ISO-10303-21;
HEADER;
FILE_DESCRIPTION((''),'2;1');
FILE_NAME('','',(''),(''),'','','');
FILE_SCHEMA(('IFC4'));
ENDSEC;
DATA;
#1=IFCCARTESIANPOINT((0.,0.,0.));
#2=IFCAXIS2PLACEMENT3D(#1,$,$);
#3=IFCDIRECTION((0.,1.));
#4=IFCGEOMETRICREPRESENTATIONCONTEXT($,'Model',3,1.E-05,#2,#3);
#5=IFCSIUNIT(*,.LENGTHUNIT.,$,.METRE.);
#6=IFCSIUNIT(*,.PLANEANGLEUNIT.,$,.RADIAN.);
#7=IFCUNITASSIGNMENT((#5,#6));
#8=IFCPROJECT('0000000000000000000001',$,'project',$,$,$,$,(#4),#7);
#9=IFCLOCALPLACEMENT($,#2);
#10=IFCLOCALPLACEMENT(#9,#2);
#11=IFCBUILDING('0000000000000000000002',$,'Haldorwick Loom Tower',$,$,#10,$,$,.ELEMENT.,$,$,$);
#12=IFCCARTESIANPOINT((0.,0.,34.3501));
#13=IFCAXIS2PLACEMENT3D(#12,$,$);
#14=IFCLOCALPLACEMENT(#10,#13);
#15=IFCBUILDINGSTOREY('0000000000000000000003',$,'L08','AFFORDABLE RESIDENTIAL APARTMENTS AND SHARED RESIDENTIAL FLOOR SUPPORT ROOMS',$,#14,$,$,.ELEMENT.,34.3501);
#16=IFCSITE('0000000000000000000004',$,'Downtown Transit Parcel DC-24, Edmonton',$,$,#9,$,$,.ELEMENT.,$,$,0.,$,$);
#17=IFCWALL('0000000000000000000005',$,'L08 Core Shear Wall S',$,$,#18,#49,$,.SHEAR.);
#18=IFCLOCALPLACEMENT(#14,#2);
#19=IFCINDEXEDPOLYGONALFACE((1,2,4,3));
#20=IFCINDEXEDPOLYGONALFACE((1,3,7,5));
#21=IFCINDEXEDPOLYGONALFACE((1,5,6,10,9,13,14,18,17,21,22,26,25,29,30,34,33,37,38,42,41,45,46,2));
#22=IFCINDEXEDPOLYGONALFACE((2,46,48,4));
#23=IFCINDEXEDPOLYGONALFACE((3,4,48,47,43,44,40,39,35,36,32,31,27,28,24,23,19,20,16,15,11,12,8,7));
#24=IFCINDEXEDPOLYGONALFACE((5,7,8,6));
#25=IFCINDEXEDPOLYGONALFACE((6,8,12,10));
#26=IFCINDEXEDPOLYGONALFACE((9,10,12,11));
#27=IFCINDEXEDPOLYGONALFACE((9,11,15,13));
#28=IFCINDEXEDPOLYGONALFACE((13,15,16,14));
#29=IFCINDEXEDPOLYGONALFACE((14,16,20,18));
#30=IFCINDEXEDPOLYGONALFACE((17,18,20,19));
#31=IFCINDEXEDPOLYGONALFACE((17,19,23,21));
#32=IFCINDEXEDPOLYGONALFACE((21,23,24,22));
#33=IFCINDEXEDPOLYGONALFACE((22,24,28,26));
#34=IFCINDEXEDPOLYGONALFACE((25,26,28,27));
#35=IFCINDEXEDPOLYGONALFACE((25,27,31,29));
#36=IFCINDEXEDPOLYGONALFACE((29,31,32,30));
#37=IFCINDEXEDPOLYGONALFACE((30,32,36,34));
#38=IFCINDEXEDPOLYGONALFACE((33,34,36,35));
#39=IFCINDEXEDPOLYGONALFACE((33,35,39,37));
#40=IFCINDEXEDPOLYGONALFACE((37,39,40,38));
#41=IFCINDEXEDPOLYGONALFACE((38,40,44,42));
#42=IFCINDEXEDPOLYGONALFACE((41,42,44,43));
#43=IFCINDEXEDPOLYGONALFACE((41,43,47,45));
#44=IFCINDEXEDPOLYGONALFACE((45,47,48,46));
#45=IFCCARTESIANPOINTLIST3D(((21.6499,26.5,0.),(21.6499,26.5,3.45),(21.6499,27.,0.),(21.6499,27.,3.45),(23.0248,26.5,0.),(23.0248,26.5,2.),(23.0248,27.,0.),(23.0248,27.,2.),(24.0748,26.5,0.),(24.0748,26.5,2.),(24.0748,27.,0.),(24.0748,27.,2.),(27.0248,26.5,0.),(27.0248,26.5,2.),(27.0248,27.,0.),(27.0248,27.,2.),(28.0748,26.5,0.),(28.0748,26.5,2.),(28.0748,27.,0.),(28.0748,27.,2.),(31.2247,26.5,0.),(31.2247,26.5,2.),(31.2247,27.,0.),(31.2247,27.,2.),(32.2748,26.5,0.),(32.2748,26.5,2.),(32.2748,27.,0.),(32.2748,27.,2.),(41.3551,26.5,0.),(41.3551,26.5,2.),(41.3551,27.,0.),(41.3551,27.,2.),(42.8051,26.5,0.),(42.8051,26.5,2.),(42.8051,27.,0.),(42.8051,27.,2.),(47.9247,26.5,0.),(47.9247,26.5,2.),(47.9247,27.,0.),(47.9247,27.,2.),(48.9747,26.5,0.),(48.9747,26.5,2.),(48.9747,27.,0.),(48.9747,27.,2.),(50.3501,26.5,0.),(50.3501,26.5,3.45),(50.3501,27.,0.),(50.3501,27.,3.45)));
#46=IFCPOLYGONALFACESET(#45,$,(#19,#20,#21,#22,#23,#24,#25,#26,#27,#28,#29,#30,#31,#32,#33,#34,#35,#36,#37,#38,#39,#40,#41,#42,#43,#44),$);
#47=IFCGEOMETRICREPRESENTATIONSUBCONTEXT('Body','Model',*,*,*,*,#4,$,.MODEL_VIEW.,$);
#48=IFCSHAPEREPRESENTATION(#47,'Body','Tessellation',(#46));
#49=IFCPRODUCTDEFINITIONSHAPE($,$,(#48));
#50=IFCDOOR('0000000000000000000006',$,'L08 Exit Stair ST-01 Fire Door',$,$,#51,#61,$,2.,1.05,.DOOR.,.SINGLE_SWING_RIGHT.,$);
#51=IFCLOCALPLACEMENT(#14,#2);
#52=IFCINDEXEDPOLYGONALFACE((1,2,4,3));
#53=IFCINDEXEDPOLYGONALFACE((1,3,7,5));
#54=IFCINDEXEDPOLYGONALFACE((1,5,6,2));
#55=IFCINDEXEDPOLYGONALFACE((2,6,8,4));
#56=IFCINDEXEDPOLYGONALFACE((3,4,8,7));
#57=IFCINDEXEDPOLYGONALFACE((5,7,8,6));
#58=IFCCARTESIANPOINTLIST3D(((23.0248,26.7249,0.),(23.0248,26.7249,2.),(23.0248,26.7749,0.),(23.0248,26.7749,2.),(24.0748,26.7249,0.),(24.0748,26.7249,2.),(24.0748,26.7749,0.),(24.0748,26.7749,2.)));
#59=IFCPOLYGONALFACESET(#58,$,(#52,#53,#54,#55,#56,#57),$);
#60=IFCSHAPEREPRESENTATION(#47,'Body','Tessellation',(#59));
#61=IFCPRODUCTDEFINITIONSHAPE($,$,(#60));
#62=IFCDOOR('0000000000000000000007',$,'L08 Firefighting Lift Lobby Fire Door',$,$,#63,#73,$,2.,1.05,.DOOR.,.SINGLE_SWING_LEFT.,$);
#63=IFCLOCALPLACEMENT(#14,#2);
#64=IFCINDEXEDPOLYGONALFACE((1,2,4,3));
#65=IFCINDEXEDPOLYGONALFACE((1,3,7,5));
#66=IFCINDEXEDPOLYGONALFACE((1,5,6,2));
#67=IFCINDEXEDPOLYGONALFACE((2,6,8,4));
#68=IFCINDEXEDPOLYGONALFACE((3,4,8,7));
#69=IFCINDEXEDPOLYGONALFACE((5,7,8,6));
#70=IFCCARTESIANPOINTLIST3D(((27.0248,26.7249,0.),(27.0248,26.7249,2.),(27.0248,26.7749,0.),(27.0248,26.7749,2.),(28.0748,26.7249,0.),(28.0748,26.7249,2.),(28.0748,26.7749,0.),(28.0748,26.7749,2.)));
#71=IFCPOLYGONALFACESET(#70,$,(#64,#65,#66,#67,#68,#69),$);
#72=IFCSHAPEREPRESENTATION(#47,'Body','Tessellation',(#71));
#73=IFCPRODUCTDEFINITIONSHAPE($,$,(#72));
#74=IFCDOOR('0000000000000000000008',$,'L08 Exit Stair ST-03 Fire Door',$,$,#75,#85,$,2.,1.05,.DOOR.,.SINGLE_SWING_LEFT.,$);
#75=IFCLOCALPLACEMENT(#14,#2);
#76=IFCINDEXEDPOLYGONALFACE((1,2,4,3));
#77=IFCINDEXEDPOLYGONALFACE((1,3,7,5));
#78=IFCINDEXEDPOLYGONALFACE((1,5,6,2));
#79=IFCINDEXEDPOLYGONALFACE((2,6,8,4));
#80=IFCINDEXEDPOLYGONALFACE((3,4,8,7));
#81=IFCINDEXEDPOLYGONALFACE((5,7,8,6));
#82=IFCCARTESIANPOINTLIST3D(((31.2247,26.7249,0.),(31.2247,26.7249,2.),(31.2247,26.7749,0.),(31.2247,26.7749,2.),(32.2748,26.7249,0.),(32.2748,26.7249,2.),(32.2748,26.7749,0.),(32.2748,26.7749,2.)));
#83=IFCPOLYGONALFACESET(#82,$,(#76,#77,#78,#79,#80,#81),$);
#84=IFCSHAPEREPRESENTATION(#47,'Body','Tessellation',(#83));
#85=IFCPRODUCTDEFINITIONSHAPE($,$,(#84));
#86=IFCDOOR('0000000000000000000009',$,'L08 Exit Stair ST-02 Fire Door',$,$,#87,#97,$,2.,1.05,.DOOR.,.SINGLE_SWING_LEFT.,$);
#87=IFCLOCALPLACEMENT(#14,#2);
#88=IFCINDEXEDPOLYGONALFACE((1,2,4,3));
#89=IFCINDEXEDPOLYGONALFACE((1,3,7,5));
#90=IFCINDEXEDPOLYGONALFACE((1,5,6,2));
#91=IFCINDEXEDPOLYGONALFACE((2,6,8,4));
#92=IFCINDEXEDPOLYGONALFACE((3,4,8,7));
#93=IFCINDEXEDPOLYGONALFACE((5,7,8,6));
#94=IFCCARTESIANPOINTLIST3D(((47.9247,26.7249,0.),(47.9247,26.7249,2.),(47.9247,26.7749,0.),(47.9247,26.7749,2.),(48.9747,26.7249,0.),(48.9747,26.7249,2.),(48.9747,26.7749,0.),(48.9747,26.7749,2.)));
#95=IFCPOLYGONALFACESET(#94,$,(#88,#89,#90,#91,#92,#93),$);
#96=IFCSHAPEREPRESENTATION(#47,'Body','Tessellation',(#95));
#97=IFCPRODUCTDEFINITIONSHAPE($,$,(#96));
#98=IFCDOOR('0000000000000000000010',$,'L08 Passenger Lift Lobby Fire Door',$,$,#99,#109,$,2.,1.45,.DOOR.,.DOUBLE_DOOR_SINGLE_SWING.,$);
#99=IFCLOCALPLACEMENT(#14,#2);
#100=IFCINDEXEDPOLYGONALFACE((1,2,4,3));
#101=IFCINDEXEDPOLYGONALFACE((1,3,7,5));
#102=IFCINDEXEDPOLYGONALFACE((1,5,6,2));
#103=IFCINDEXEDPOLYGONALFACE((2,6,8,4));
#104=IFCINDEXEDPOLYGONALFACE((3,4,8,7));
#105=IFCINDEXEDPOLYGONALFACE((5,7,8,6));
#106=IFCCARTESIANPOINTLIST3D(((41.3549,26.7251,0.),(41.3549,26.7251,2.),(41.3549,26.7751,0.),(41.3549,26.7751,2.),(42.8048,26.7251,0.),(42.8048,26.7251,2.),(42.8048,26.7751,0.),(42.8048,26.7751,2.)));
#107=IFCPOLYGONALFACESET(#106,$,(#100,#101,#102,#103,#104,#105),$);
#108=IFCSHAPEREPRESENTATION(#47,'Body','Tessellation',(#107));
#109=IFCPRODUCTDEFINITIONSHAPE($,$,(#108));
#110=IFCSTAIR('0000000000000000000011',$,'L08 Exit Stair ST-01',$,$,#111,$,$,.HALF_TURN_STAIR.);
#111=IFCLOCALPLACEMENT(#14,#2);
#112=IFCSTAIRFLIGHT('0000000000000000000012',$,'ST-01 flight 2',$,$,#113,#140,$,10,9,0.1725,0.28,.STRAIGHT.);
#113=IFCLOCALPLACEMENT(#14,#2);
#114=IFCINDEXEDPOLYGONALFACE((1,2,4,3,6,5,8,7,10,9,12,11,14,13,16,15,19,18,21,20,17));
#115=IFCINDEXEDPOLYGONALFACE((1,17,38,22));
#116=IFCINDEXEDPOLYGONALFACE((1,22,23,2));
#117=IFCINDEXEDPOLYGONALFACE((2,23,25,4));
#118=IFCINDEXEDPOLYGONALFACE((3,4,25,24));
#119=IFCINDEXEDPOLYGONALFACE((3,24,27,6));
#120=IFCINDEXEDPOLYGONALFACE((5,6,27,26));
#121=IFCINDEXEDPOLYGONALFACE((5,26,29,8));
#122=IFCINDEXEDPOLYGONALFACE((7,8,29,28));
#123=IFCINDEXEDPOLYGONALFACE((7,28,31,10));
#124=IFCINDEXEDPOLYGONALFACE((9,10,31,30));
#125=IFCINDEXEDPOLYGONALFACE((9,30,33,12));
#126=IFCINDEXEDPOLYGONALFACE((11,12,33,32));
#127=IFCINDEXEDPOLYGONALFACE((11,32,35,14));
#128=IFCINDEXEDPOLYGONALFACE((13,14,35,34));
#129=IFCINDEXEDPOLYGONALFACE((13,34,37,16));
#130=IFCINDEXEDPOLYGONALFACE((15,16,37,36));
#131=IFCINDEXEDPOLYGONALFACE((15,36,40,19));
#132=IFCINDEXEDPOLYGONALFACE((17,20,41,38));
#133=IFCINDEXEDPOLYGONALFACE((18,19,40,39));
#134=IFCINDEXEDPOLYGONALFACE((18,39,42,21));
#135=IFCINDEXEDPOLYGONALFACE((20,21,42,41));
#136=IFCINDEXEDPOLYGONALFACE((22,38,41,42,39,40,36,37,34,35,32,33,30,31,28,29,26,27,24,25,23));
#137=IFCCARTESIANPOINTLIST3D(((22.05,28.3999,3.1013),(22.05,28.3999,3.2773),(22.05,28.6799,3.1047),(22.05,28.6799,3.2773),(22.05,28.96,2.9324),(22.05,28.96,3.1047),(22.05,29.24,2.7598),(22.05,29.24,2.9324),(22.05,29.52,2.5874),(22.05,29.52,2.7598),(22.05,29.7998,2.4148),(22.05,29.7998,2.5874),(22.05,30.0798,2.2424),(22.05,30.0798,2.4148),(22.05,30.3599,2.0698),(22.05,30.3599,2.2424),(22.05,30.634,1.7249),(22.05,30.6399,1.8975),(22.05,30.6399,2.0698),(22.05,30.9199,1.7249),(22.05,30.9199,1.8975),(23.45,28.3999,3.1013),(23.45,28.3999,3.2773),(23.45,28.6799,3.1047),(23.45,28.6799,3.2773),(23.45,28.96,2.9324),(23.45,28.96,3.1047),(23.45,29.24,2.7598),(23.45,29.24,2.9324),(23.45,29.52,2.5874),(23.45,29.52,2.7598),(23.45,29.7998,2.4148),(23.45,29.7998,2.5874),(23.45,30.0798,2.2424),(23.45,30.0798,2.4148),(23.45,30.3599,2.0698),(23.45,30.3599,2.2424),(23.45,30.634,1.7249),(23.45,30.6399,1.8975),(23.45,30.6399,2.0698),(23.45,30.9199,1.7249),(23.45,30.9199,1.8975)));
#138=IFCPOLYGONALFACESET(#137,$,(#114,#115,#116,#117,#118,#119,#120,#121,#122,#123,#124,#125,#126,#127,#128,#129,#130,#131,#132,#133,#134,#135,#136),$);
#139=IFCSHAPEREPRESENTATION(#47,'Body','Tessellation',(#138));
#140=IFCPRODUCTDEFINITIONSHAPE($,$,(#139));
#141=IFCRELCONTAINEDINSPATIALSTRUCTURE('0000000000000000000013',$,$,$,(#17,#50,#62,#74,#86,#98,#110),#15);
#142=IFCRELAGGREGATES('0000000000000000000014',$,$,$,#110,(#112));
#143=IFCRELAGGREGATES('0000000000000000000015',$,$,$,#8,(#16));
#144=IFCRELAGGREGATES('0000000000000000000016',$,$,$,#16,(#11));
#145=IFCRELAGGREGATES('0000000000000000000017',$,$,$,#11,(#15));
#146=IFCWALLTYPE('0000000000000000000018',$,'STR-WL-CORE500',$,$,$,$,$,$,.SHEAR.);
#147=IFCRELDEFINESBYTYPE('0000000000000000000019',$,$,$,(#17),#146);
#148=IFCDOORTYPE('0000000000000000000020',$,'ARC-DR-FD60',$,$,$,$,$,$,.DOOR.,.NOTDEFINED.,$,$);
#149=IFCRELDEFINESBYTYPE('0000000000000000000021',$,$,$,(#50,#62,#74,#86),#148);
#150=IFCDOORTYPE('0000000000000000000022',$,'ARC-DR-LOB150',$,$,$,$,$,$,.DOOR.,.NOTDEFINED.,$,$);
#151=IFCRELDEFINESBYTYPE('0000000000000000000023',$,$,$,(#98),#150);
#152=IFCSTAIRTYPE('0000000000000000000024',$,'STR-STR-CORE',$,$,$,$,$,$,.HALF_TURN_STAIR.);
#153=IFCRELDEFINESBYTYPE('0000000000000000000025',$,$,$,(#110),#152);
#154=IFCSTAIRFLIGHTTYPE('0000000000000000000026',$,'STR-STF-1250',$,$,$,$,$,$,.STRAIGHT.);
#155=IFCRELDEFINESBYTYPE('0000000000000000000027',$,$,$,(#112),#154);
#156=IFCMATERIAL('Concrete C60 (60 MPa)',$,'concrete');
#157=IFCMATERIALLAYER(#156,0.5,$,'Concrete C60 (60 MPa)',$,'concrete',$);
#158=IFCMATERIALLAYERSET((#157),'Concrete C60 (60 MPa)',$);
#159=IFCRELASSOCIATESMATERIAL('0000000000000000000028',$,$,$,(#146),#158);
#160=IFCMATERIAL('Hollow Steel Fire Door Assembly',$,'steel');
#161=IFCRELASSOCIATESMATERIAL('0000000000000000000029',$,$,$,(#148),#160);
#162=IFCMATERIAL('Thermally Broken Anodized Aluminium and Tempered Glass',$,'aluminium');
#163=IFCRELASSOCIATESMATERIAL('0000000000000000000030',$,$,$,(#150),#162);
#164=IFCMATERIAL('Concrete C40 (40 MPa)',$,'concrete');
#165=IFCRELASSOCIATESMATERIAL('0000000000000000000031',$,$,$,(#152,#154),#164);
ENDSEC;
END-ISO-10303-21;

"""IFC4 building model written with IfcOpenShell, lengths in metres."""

from ifc_helpers import new_model, si_unit, direction, frame, frame_2d, origin, place, context, subcontext, project, spatial, polyline, rectangle, outline, extrude, material, layer, layer_set, type_object, element, fill, aggregate, save


model = new_model("IFC4")

# Units and contexts
model_context = context("Model", 3, precision=1e-05, world=origin(), true_north=direction((0.0, 1.0)))
body_context = subcontext(model_context, "Body", "Model", "MODEL_VIEW")
ifc_project = project(units=[si_unit("LENGTHUNIT", "METRE"), si_unit("PLANEANGLEUNIT", "RADIAN")], contexts=[model_context])

# Site, building, storey
site_placement = place(None, origin())
site = spatial("IfcSite", under=ifc_project, at=site_placement, Name="Downtown Transit Parcel DC-24, Edmonton", CompositionType="ELEMENT", RefElevation=0.0)
building_placement = place(site_placement, origin())
building = spatial("IfcBuilding", under=site, at=building_placement, Name="Haldorwick Loom Tower", CompositionType="ELEMENT")
storey_placement = place(building_placement, frame((0.0, 0.0, 34.3501)))
storey = spatial("IfcBuildingStorey", under=building, at=storey_placement, Name="L08", Description="AFFORDABLE RESIDENTIAL APARTMENTS AND SHARED RESIDENTIAL FLOOR SUPPORT ROOMS", CompositionType="ELEMENT", Elevation=34.3501)

# Shared definitions
ifc_material_1 = material(Name="Concrete C60 (60 MPa)", Category="concrete")

# Wall, openings, doors
ifc_layer = layer(ifc_material_1, 0.5, Name="Concrete C60 (60 MPa)", Category="concrete")
ifc_layer_set = layer_set([ifc_layer], Name="Concrete C60 (60 MPa)")
wall_type = type_object("IfcWallType", Name="STR-WL-CORE500", PredefinedType="SHEAR", material=ifc_layer_set)
wall_placement = place(storey_placement, frame((21.6499, 26.75, 0.0), z_axis=(0.0, 0.0, 1.0), x_axis=(1.0, 0.0, 0.0)))
wall = element("IfcWall", 1, at=wall_placement, inside=storey, type_object=wall_type, Name="L08 Core Shear Wall S", PredefinedType="SHEAR", context=body_context, shape_type="SweptSolid", body=[
    extrude(rectangle(XDim=28.7002, YDim=0.5, at=frame_2d((14.3501, 0.0))), origin(), (0.0, 0.0, 1.0), 3.45),
])
opening_1_placement = place(wall_placement, frame((1.375, 0.0, 0.0)))
opening_1 = element("IfcOpeningElement", 2, at=opening_1_placement, cuts=wall, PredefinedType="OPENING", context=body_context, shape_type="SweptSolid", body=[
    extrude(rectangle(XDim=1.05, YDim=2.0, at=frame_2d((0.5249, 1.0))), frame((0.0, 0.26, 0.0), z_axis=(0.0, -1.0, 0.0), x_axis=(1.0, 0.0, 0.0)), (0.0, 0.0, 1.0), 0.52),
])
opening_2_placement = place(wall_placement, frame((5.375, 0.0, 0.0)))
opening_2 = element("IfcOpeningElement", 3, at=opening_2_placement, cuts=wall, PredefinedType="OPENING", context=body_context, shape_type="SweptSolid", body=[
    extrude(rectangle(XDim=1.05, YDim=2.0, at=frame_2d((0.5249, 1.0))), frame((0.0, 0.26, 0.0), z_axis=(0.0, -1.0, 0.0), x_axis=(1.0, 0.0, 0.0)), (0.0, 0.0, 1.0), 0.52),
])
opening_3_placement = place(wall_placement, frame((9.575, 0.0, 0.0)))
opening_3 = element("IfcOpeningElement", 4, at=opening_3_placement, cuts=wall, PredefinedType="OPENING", context=body_context, shape_type="SweptSolid", body=[
    extrude(rectangle(XDim=1.05, YDim=2.0, at=frame_2d((0.5249, 1.0))), frame((0.0, 0.26, 0.0), z_axis=(0.0, -1.0, 0.0), x_axis=(1.0, 0.0, 0.0)), (0.0, 0.0, 1.0), 0.52),
])
opening_4_placement = place(wall_placement, frame((19.7051, 0.0, 0.0)))
opening_4 = element("IfcOpeningElement", 5, at=opening_4_placement, cuts=wall, PredefinedType="OPENING", context=body_context, shape_type="SweptSolid", body=[
    extrude(rectangle(XDim=1.45, YDim=2.0, at=frame_2d((0.7251, 1.0))), frame((0.0, 0.26, 0.0), z_axis=(0.0, -1.0, 0.0), x_axis=(1.0, 0.0, 0.0)), (0.0, 0.0, 1.0), 0.52),
])
opening_5_placement = place(wall_placement, frame((26.2749, 0.0, 0.0)))
opening_5 = element("IfcOpeningElement", 6, at=opening_5_placement, cuts=wall, PredefinedType="OPENING", context=body_context, shape_type="SweptSolid", body=[
    extrude(rectangle(XDim=1.05, YDim=2.0, at=frame_2d((0.5249, 1.0))), frame((0.0, 0.26, 0.0), z_axis=(0.0, -1.0, 0.0), x_axis=(1.0, 0.0, 0.0)), (0.0, 0.0, 1.0), 0.52),
])
ifc_material_2 = material(Name="Hollow Steel Fire Door Assembly", Category="steel")
door_type_1 = type_object("IfcDoorType", Name="ARC-DR-FD60", OperationType="NOTDEFINED", PredefinedType="DOOR", material=ifc_material_2)
door_1_placement = place(opening_1_placement, origin())
door_1 = element("IfcDoor", 7, at=door_1_placement, inside=storey, type_object=door_type_1, Name="L08 Exit Stair ST-01 Fire Door", OperationType="SINGLE_SWING_RIGHT", OverallHeight=2.0, OverallWidth=1.05, PredefinedType="DOOR", context=body_context, shape_type="SweptSolid", body=[
    extrude(rectangle(XDim=1.05, YDim=2.0, at=frame_2d((0.5249, 1.0))), frame((0.0, 0.0249, 0.0), z_axis=(0.0, -1.0, 0.0), x_axis=(1.0, 0.0, 0.0)), (0.0, 0.0, 1.0), 0.05),
])
fill(opening_1, door_1)
door_2_placement = place(opening_2_placement, origin())
door_2 = element("IfcDoor", 8, at=door_2_placement, inside=storey, type_object=door_type_1, Name="L08 Firefighting Lift Lobby Fire Door", OperationType="SINGLE_SWING_LEFT", OverallHeight=2.0, OverallWidth=1.05, PredefinedType="DOOR", context=body_context, shape_type="SweptSolid", body=[
    extrude(rectangle(XDim=1.05, YDim=2.0, at=frame_2d((0.5249, 1.0))), frame((0.0, 0.0249, 0.0), z_axis=(0.0, -1.0, 0.0), x_axis=(1.0, 0.0, 0.0)), (0.0, 0.0, 1.0), 0.05),
])
fill(opening_2, door_2)
door_3_placement = place(opening_3_placement, origin())
door_3 = element("IfcDoor", 9, at=door_3_placement, inside=storey, type_object=door_type_1, Name="L08 Exit Stair ST-03 Fire Door", OperationType="SINGLE_SWING_LEFT", OverallHeight=2.0, OverallWidth=1.05, PredefinedType="DOOR", context=body_context, shape_type="SweptSolid", body=[
    extrude(rectangle(XDim=1.05, YDim=2.0, at=frame_2d((0.5249, 1.0))), frame((0.0, 0.0249, 0.0), z_axis=(0.0, -1.0, 0.0), x_axis=(1.0, 0.0, 0.0)), (0.0, 0.0, 1.0), 0.05),
])
fill(opening_3, door_3)
door_4_placement = place(opening_5_placement, origin())
door_4 = element("IfcDoor", 10, at=door_4_placement, inside=storey, type_object=door_type_1, Name="L08 Exit Stair ST-02 Fire Door", OperationType="SINGLE_SWING_LEFT", OverallHeight=2.0, OverallWidth=1.05, PredefinedType="DOOR", context=body_context, shape_type="SweptSolid", body=[
    extrude(rectangle(XDim=1.05, YDim=2.0, at=frame_2d((0.5249, 1.0))), frame((0.0, 0.0249, 0.0), z_axis=(0.0, -1.0, 0.0), x_axis=(1.0, 0.0, 0.0)), (0.0, 0.0, 1.0), 0.05),
])
fill(opening_5, door_4)
ifc_material_3 = material(Name="Thermally Broken Anodized Aluminium and Tempered Glass", Category="aluminium")
door_type_2 = type_object("IfcDoorType", Name="ARC-DR-LOB150", OperationType="NOTDEFINED", PredefinedType="DOOR", material=ifc_material_3)
door_5_placement = place(opening_4_placement, frame((1.45, 0.0, 0.0), z_axis=(0.0, 0.0, 1.0), x_axis=(-1.0, 0.0, 0.0)))
door_5 = element("IfcDoor", 11, at=door_5_placement, inside=storey, type_object=door_type_2, Name="L08 Passenger Lift Lobby Fire Door", OperationType="DOUBLE_DOOR_SINGLE_SWING", OverallHeight=2.0, OverallWidth=1.45, PredefinedType="DOOR", context=body_context, shape_type="SweptSolid", body=[
    extrude(rectangle(XDim=1.45, YDim=2.0, at=frame_2d((0.7251, 1.0))), frame((0.0, 0.0249, 0.0), z_axis=(0.0, -1.0, 0.0), x_axis=(1.0, 0.0, 0.0)), (0.0, 0.0, 1.0), 0.05),
])
fill(opening_4, door_5)

# Stair, stair flight
ifc_material_4 = material(Name="Concrete C40 (40 MPa)", Category="concrete")
stair_type = type_object("IfcStairType", Name="STR-STR-CORE", PredefinedType="HALF_TURN_STAIR", material=ifc_material_4)
stair_placement = place(storey_placement, origin())
stair = element("IfcStair", 12, at=stair_placement, inside=storey, type_object=stair_type, Name="L08 Exit Stair ST-01", PredefinedType="HALF_TURN_STAIR")
stair_flight_type = type_object("IfcStairFlightType", Name="STR-STF-1250", PredefinedType="STRAIGHT", material=ifc_material_4)
stair_flight_placement = place(storey_placement, frame((22.75, 30.9199, 1.7249), z_axis=(0.0, 0.0, 1.0), x_axis=(0.0, -1.0, 0.0)))
stair_flight = element("IfcStairFlight", 13, at=stair_flight_placement, type_object=stair_flight_type, Name="ST-01 flight 2", NumberOfRisers=10, NumberOfTreads=9, PredefinedType="STRAIGHT", RiserHeight=0.1725, TreadLength=0.28, context=body_context, shape_type="SweptSolid", body=[
    extrude(outline(polyline([(0.0, 0.0), (0.0, 0.1726), (0.28, 0.1726), (0.28, 0.345), (0.5601, 0.345), (0.5601, 0.5176), (0.8401, 0.5176), (0.8401, 0.6899), (1.1201, 0.6899), (1.1201, 0.8625), (1.3999, 0.8625), (1.3999, 1.0349), (1.6799, 1.0349), (1.6799, 1.2075), (1.96, 1.2075), (1.96, 1.3799), (2.24, 1.3799), (2.24, 1.5525), (2.52, 1.5525), (2.52, 1.7251), (2.52, 1.3765), (0.2859, 0.0), (0.0, 0.0)])), frame((0.0, 0.7, 0.0), z_axis=(0.0, -1.0, 0.0), x_axis=(1.0, 0.0, 0.0)), (0.0, 0.0, 1.0), 1.3999),
])
aggregate(stair, [stair_flight])

save(model, "model.ifc")
